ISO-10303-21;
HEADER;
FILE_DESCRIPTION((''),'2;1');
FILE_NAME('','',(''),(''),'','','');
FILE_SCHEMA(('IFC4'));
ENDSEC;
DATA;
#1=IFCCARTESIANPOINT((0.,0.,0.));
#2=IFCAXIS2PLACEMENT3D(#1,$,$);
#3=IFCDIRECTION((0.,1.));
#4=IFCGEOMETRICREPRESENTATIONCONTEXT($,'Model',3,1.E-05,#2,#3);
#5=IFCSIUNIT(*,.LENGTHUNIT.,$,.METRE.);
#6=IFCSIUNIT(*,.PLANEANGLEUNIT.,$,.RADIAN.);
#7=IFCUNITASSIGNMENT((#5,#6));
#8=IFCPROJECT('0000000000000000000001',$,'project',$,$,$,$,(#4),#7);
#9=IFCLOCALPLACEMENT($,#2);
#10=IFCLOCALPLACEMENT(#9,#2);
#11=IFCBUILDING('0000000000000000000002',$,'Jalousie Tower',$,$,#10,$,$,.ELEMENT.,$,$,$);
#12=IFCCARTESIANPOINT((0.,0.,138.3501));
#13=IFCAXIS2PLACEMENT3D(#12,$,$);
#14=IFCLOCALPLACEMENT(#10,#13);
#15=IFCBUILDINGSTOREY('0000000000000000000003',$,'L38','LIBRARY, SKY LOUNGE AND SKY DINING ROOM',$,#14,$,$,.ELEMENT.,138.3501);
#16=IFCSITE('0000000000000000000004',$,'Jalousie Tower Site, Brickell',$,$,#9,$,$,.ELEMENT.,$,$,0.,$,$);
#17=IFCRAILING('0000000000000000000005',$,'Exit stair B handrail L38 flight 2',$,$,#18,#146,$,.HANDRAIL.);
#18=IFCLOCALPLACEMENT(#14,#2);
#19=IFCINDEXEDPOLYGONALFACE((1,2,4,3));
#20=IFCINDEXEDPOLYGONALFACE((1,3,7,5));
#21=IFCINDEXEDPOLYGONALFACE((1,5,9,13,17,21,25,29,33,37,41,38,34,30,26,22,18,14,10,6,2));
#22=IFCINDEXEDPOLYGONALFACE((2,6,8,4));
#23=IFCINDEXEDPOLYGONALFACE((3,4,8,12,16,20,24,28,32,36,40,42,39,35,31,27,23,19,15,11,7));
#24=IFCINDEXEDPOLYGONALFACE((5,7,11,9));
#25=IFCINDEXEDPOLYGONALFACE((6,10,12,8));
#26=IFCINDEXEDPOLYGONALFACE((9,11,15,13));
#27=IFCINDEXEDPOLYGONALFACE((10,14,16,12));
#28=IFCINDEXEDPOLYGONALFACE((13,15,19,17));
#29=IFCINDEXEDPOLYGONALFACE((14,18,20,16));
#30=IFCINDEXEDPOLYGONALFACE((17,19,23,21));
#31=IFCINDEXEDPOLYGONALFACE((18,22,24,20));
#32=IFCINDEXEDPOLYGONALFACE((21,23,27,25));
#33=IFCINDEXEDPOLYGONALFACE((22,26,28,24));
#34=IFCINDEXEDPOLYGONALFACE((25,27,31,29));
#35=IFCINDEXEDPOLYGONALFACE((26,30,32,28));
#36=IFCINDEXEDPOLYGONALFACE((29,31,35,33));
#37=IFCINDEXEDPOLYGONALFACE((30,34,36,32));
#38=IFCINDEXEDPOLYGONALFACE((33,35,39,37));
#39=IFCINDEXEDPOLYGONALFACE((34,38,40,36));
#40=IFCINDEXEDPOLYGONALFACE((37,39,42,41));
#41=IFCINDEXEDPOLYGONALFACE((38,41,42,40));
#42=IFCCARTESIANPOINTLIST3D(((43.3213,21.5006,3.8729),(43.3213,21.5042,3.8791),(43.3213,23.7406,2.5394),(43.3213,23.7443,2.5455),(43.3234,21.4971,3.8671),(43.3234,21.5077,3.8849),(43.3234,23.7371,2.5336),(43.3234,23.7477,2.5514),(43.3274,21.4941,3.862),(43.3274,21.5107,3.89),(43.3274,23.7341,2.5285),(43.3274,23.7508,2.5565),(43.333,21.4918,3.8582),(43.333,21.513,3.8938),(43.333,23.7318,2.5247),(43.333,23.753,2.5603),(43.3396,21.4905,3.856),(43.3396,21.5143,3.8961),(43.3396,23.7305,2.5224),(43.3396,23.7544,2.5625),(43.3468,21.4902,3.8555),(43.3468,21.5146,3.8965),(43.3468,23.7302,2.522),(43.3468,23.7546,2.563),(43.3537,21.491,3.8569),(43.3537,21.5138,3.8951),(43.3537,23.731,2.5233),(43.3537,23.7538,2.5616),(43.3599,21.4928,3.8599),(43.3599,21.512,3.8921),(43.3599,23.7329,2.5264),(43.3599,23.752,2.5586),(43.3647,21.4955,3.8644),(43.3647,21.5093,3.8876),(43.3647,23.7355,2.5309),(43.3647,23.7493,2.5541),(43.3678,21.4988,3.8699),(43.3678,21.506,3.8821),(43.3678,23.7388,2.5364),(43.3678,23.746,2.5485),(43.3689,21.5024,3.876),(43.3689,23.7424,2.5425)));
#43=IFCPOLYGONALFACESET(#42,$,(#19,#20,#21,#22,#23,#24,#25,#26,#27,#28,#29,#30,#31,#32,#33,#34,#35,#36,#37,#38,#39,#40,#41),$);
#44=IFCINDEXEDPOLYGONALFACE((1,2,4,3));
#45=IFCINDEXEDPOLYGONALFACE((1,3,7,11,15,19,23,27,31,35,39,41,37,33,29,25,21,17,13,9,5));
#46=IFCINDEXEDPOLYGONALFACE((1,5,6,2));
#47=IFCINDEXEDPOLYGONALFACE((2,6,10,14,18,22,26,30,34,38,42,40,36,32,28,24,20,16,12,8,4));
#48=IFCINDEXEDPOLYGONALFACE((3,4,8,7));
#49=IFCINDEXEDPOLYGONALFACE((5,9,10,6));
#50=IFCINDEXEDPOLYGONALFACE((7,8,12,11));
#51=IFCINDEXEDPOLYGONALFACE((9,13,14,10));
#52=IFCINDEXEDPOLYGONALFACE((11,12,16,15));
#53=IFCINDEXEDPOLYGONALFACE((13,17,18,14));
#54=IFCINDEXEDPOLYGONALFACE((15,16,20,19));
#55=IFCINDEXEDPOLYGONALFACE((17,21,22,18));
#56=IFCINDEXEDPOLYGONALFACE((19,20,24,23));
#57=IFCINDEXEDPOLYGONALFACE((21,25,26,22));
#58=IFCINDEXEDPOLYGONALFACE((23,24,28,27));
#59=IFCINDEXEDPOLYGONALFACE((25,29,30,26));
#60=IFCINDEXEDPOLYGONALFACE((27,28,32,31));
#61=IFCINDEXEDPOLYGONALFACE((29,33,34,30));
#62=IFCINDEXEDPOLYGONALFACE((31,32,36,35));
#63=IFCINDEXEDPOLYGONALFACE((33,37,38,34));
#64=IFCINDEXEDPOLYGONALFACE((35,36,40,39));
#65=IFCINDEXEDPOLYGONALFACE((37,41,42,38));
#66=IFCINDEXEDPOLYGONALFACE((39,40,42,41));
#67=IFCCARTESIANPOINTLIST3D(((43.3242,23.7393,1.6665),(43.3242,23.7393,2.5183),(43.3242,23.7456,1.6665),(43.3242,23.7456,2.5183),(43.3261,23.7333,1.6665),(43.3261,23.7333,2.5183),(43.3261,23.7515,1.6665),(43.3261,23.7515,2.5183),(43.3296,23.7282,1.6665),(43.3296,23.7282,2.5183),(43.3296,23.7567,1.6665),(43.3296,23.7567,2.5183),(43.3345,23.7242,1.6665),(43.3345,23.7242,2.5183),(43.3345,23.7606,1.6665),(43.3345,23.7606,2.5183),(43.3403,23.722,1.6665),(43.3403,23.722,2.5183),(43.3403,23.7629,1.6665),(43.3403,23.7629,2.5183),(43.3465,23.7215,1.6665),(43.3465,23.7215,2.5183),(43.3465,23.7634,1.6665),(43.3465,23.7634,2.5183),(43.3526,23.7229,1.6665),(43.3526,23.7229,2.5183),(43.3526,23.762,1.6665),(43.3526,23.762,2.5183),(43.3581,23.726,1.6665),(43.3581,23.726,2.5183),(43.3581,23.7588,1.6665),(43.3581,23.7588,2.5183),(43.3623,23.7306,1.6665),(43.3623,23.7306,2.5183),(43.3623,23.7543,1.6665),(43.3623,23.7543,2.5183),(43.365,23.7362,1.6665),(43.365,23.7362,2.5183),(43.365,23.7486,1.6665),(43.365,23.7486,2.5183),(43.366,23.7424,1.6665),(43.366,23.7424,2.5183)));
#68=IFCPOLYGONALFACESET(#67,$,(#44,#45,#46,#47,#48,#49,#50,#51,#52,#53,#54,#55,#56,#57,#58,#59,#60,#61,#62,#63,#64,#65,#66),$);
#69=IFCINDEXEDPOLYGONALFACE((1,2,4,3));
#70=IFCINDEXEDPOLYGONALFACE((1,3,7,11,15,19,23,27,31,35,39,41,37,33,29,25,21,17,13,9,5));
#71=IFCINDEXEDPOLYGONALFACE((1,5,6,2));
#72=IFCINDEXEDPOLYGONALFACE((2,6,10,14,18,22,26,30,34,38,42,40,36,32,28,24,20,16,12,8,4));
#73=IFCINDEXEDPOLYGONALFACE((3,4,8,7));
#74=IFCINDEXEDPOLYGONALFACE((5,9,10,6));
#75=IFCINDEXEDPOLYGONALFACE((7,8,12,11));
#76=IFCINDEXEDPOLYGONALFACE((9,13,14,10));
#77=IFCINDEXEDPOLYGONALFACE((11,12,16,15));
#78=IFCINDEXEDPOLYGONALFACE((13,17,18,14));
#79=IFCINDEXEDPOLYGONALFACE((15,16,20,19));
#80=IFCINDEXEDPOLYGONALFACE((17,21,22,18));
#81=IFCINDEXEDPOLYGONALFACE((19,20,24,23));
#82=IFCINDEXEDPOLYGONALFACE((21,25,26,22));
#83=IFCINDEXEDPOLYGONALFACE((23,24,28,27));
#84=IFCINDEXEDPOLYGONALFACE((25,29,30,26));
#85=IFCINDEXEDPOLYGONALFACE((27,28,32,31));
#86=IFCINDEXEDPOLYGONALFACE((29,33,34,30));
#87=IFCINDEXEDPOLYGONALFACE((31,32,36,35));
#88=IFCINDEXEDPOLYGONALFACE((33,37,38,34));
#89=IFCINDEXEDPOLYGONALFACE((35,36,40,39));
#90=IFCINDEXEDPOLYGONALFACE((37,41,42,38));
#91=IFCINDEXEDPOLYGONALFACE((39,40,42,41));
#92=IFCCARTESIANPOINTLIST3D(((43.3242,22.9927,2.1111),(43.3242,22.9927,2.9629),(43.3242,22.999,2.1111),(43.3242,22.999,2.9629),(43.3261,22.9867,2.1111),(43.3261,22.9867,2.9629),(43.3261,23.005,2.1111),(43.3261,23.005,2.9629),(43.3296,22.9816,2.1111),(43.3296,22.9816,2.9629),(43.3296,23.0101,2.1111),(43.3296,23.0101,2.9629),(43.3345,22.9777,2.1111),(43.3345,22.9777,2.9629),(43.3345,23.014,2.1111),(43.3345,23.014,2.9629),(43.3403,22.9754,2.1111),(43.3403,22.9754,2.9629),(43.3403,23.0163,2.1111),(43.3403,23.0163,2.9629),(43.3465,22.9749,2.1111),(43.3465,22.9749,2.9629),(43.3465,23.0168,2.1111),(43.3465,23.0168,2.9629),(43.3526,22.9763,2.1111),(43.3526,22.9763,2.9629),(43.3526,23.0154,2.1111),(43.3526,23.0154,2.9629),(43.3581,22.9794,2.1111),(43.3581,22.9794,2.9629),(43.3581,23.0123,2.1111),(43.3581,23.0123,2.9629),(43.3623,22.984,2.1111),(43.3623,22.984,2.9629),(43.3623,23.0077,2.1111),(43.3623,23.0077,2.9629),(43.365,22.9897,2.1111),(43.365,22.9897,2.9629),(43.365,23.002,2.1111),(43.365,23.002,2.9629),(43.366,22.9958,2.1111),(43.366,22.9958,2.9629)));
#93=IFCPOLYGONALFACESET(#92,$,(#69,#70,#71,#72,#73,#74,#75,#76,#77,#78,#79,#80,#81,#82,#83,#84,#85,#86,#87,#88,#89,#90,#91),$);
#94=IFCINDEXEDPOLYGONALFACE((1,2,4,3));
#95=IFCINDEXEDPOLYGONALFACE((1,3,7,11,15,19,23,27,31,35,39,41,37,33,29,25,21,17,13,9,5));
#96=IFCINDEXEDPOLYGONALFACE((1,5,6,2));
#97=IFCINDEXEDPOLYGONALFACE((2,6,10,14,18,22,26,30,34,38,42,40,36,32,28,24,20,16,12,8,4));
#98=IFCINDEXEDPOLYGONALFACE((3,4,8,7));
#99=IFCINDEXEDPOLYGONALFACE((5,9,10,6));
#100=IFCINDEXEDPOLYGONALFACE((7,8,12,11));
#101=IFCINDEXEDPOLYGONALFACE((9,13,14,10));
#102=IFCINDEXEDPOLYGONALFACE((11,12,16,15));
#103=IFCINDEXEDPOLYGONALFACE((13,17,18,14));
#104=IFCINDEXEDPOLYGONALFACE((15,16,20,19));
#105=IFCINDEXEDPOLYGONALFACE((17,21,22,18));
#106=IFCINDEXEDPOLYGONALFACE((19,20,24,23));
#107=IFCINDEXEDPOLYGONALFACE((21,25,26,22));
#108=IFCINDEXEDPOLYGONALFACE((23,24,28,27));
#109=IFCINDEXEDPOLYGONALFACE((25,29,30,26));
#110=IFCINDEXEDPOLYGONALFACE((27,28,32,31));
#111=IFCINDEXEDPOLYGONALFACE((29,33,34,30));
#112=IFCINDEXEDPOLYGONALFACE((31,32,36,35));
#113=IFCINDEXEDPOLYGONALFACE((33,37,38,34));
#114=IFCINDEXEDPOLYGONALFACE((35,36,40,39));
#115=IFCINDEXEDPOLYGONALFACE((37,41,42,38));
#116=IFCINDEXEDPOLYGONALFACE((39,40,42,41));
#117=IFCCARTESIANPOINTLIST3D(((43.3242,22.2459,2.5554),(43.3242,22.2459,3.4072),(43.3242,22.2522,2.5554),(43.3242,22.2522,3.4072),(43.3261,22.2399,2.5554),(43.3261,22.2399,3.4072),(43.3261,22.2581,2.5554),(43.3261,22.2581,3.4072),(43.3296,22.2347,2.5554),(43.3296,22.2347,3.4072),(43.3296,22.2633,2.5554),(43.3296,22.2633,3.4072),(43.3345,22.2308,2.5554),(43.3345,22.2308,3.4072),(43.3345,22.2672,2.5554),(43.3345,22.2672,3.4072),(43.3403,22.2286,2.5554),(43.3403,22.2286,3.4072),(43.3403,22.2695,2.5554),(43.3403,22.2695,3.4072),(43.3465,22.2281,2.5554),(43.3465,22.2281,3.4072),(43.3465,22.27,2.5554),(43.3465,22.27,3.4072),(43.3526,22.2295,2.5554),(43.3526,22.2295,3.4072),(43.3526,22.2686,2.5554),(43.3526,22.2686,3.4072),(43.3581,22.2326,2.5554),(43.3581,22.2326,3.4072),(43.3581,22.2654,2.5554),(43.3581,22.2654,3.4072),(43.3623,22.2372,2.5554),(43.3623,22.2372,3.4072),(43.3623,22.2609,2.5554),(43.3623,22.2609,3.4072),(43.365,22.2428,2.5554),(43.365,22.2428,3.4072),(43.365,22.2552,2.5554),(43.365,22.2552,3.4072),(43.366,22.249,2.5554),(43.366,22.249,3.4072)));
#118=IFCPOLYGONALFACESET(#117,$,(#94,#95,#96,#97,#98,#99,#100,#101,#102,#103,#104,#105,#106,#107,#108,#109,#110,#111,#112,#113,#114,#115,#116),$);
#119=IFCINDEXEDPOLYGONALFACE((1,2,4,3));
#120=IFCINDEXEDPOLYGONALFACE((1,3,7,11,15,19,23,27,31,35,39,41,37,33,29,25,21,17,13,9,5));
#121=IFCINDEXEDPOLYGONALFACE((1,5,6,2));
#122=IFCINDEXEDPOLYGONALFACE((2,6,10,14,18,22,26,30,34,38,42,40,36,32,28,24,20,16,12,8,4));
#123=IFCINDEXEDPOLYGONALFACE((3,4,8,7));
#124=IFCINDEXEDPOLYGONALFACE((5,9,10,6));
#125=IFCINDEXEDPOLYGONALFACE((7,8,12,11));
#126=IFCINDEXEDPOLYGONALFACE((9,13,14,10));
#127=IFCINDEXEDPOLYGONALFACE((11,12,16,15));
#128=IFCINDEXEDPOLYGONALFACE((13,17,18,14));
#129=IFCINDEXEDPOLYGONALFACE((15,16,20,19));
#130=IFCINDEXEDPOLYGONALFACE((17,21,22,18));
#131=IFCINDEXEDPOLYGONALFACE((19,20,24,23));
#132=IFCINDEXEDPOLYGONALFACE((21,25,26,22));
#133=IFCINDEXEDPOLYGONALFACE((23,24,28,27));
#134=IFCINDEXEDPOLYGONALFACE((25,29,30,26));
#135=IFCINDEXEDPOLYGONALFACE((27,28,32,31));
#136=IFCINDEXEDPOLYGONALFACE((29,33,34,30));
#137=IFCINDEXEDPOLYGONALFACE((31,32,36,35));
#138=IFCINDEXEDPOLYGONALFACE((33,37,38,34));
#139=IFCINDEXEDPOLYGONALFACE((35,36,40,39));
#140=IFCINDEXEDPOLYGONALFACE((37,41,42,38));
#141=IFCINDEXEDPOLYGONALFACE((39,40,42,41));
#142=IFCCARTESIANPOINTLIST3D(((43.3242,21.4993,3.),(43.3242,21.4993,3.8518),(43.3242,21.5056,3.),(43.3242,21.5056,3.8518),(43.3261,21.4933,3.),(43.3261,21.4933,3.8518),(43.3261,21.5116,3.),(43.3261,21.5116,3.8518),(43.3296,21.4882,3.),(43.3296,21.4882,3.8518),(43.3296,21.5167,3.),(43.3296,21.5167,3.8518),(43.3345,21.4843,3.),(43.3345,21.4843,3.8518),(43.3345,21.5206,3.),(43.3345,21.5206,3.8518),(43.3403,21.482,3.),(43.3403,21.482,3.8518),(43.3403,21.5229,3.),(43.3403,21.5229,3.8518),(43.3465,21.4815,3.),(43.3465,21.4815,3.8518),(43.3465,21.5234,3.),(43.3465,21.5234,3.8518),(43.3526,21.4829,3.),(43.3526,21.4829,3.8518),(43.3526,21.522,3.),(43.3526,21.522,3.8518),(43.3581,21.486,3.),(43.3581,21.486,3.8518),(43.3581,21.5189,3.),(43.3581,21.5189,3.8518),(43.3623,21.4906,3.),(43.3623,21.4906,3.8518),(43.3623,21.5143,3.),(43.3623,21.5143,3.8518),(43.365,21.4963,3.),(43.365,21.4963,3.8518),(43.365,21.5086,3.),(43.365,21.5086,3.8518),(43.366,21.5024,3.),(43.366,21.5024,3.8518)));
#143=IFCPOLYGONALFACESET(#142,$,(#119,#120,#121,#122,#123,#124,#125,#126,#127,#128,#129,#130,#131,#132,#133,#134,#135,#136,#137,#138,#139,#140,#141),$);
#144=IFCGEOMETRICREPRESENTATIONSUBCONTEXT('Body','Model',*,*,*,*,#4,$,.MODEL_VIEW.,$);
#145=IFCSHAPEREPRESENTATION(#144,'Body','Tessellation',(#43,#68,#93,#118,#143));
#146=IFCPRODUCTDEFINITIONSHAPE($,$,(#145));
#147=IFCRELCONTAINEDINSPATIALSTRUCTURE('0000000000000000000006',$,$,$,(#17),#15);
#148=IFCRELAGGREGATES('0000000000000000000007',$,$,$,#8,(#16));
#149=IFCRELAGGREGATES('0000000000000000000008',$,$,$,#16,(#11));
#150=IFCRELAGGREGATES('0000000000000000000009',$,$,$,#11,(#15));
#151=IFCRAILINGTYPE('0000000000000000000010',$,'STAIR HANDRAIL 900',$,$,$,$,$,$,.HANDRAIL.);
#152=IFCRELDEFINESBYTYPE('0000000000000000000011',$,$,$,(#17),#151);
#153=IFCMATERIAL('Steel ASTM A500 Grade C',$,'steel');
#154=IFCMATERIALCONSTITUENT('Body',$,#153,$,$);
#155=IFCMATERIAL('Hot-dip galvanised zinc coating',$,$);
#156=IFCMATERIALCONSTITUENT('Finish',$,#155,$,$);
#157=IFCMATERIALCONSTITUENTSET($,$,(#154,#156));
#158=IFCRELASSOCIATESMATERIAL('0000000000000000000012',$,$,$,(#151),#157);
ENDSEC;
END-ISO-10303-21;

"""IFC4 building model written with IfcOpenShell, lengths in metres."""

from ifc_helpers import new_model, si_unit, direction, frame, origin, origin_2d, place, context, subcontext, project, spatial, circle, extrude, material, constituent, constituent_set, type_object, element, save


model = new_model("IFC4")

# Units and contexts
model_context = context("Model", 3, precision=1e-05, world=origin(), true_north=direction((0.0, 1.0)))
body_context = subcontext(model_context, "Body", "Model", "MODEL_VIEW")
ifc_project = project(units=[si_unit("LENGTHUNIT", "METRE"), si_unit("PLANEANGLEUNIT", "RADIAN")], contexts=[model_context])

# Site, building, storey
site_placement = place(None, origin())
site = spatial("IfcSite", under=ifc_project, at=site_placement, Name="Jalousie Tower Site, Brickell", CompositionType="ELEMENT", RefElevation=0.0)
building_placement = place(site_placement, origin())
building = spatial("IfcBuilding", under=site, at=building_placement, Name="Jalousie Tower", CompositionType="ELEMENT")
storey_placement = place(building_placement, frame((0.0, 0.0, 138.3501)))
storey = spatial("IfcBuildingStorey", under=building, at=storey_placement, Name="L38", Description="LIBRARY, SKY LOUNGE AND SKY DINING ROOM", CompositionType="ELEMENT", Elevation=138.3501)

# Railing
ifc_material_1 = material(Name="Steel ASTM A500 Grade C", Category="steel")
ifc_constituent_1 = constituent(ifc_material_1, Name="Body")
ifc_material_2 = material(Name="Hot-dip galvanised zinc coating")
ifc_constituent_2 = constituent(ifc_material_2, Name="Finish")
ifc_constituent_set_1 = constituent_set(constituents=[ifc_constituent_1, ifc_constituent_2])
railing_type_1 = type_object("IfcRailingType", Name="STAIR HANDRAIL 900", PredefinedType="HANDRAIL", material=ifc_constituent_set_1)
railing_1_placement = place(storey_placement, frame((43.345, 23.7424, 1.6665)))
element("IfcRailing", 1, at=railing_1_placement, inside=storey, type_object=railing_type_1, Name="Exit stair B handrail L38 flight 2", PredefinedType="HANDRAIL", context=body_context, shape_type="SweptSolid", body=[
    extrude(circle(Radius=0.0239, at=origin_2d()), frame((0.0, 0.0, 0.876), z_axis=(0.0, -0.859264, 0.511532), x_axis=(1.0, 0.0, 0.0)), (0.0, 0.0, 1.0), 2.6069),
    extrude(circle(Radius=0.021, at=origin_2d()), origin(), (0.0, 0.0, 1.0), 0.8518),
    extrude(circle(Radius=0.021, at=origin_2d()), frame((0.0, -0.7466, 0.4446)), (0.0, 0.0, 1.0), 0.8518),
    extrude(circle(Radius=0.021, at=origin_2d()), frame((0.0, -1.4934, 0.8889)), (0.0, 0.0, 1.0), 0.8518),
    extrude(circle(Radius=0.021, at=origin_2d()), frame((0.0, -2.24, 1.3335)), (0.0, 0.0, 1.0), 0.8518),
])

save(model, "model.ifc")
